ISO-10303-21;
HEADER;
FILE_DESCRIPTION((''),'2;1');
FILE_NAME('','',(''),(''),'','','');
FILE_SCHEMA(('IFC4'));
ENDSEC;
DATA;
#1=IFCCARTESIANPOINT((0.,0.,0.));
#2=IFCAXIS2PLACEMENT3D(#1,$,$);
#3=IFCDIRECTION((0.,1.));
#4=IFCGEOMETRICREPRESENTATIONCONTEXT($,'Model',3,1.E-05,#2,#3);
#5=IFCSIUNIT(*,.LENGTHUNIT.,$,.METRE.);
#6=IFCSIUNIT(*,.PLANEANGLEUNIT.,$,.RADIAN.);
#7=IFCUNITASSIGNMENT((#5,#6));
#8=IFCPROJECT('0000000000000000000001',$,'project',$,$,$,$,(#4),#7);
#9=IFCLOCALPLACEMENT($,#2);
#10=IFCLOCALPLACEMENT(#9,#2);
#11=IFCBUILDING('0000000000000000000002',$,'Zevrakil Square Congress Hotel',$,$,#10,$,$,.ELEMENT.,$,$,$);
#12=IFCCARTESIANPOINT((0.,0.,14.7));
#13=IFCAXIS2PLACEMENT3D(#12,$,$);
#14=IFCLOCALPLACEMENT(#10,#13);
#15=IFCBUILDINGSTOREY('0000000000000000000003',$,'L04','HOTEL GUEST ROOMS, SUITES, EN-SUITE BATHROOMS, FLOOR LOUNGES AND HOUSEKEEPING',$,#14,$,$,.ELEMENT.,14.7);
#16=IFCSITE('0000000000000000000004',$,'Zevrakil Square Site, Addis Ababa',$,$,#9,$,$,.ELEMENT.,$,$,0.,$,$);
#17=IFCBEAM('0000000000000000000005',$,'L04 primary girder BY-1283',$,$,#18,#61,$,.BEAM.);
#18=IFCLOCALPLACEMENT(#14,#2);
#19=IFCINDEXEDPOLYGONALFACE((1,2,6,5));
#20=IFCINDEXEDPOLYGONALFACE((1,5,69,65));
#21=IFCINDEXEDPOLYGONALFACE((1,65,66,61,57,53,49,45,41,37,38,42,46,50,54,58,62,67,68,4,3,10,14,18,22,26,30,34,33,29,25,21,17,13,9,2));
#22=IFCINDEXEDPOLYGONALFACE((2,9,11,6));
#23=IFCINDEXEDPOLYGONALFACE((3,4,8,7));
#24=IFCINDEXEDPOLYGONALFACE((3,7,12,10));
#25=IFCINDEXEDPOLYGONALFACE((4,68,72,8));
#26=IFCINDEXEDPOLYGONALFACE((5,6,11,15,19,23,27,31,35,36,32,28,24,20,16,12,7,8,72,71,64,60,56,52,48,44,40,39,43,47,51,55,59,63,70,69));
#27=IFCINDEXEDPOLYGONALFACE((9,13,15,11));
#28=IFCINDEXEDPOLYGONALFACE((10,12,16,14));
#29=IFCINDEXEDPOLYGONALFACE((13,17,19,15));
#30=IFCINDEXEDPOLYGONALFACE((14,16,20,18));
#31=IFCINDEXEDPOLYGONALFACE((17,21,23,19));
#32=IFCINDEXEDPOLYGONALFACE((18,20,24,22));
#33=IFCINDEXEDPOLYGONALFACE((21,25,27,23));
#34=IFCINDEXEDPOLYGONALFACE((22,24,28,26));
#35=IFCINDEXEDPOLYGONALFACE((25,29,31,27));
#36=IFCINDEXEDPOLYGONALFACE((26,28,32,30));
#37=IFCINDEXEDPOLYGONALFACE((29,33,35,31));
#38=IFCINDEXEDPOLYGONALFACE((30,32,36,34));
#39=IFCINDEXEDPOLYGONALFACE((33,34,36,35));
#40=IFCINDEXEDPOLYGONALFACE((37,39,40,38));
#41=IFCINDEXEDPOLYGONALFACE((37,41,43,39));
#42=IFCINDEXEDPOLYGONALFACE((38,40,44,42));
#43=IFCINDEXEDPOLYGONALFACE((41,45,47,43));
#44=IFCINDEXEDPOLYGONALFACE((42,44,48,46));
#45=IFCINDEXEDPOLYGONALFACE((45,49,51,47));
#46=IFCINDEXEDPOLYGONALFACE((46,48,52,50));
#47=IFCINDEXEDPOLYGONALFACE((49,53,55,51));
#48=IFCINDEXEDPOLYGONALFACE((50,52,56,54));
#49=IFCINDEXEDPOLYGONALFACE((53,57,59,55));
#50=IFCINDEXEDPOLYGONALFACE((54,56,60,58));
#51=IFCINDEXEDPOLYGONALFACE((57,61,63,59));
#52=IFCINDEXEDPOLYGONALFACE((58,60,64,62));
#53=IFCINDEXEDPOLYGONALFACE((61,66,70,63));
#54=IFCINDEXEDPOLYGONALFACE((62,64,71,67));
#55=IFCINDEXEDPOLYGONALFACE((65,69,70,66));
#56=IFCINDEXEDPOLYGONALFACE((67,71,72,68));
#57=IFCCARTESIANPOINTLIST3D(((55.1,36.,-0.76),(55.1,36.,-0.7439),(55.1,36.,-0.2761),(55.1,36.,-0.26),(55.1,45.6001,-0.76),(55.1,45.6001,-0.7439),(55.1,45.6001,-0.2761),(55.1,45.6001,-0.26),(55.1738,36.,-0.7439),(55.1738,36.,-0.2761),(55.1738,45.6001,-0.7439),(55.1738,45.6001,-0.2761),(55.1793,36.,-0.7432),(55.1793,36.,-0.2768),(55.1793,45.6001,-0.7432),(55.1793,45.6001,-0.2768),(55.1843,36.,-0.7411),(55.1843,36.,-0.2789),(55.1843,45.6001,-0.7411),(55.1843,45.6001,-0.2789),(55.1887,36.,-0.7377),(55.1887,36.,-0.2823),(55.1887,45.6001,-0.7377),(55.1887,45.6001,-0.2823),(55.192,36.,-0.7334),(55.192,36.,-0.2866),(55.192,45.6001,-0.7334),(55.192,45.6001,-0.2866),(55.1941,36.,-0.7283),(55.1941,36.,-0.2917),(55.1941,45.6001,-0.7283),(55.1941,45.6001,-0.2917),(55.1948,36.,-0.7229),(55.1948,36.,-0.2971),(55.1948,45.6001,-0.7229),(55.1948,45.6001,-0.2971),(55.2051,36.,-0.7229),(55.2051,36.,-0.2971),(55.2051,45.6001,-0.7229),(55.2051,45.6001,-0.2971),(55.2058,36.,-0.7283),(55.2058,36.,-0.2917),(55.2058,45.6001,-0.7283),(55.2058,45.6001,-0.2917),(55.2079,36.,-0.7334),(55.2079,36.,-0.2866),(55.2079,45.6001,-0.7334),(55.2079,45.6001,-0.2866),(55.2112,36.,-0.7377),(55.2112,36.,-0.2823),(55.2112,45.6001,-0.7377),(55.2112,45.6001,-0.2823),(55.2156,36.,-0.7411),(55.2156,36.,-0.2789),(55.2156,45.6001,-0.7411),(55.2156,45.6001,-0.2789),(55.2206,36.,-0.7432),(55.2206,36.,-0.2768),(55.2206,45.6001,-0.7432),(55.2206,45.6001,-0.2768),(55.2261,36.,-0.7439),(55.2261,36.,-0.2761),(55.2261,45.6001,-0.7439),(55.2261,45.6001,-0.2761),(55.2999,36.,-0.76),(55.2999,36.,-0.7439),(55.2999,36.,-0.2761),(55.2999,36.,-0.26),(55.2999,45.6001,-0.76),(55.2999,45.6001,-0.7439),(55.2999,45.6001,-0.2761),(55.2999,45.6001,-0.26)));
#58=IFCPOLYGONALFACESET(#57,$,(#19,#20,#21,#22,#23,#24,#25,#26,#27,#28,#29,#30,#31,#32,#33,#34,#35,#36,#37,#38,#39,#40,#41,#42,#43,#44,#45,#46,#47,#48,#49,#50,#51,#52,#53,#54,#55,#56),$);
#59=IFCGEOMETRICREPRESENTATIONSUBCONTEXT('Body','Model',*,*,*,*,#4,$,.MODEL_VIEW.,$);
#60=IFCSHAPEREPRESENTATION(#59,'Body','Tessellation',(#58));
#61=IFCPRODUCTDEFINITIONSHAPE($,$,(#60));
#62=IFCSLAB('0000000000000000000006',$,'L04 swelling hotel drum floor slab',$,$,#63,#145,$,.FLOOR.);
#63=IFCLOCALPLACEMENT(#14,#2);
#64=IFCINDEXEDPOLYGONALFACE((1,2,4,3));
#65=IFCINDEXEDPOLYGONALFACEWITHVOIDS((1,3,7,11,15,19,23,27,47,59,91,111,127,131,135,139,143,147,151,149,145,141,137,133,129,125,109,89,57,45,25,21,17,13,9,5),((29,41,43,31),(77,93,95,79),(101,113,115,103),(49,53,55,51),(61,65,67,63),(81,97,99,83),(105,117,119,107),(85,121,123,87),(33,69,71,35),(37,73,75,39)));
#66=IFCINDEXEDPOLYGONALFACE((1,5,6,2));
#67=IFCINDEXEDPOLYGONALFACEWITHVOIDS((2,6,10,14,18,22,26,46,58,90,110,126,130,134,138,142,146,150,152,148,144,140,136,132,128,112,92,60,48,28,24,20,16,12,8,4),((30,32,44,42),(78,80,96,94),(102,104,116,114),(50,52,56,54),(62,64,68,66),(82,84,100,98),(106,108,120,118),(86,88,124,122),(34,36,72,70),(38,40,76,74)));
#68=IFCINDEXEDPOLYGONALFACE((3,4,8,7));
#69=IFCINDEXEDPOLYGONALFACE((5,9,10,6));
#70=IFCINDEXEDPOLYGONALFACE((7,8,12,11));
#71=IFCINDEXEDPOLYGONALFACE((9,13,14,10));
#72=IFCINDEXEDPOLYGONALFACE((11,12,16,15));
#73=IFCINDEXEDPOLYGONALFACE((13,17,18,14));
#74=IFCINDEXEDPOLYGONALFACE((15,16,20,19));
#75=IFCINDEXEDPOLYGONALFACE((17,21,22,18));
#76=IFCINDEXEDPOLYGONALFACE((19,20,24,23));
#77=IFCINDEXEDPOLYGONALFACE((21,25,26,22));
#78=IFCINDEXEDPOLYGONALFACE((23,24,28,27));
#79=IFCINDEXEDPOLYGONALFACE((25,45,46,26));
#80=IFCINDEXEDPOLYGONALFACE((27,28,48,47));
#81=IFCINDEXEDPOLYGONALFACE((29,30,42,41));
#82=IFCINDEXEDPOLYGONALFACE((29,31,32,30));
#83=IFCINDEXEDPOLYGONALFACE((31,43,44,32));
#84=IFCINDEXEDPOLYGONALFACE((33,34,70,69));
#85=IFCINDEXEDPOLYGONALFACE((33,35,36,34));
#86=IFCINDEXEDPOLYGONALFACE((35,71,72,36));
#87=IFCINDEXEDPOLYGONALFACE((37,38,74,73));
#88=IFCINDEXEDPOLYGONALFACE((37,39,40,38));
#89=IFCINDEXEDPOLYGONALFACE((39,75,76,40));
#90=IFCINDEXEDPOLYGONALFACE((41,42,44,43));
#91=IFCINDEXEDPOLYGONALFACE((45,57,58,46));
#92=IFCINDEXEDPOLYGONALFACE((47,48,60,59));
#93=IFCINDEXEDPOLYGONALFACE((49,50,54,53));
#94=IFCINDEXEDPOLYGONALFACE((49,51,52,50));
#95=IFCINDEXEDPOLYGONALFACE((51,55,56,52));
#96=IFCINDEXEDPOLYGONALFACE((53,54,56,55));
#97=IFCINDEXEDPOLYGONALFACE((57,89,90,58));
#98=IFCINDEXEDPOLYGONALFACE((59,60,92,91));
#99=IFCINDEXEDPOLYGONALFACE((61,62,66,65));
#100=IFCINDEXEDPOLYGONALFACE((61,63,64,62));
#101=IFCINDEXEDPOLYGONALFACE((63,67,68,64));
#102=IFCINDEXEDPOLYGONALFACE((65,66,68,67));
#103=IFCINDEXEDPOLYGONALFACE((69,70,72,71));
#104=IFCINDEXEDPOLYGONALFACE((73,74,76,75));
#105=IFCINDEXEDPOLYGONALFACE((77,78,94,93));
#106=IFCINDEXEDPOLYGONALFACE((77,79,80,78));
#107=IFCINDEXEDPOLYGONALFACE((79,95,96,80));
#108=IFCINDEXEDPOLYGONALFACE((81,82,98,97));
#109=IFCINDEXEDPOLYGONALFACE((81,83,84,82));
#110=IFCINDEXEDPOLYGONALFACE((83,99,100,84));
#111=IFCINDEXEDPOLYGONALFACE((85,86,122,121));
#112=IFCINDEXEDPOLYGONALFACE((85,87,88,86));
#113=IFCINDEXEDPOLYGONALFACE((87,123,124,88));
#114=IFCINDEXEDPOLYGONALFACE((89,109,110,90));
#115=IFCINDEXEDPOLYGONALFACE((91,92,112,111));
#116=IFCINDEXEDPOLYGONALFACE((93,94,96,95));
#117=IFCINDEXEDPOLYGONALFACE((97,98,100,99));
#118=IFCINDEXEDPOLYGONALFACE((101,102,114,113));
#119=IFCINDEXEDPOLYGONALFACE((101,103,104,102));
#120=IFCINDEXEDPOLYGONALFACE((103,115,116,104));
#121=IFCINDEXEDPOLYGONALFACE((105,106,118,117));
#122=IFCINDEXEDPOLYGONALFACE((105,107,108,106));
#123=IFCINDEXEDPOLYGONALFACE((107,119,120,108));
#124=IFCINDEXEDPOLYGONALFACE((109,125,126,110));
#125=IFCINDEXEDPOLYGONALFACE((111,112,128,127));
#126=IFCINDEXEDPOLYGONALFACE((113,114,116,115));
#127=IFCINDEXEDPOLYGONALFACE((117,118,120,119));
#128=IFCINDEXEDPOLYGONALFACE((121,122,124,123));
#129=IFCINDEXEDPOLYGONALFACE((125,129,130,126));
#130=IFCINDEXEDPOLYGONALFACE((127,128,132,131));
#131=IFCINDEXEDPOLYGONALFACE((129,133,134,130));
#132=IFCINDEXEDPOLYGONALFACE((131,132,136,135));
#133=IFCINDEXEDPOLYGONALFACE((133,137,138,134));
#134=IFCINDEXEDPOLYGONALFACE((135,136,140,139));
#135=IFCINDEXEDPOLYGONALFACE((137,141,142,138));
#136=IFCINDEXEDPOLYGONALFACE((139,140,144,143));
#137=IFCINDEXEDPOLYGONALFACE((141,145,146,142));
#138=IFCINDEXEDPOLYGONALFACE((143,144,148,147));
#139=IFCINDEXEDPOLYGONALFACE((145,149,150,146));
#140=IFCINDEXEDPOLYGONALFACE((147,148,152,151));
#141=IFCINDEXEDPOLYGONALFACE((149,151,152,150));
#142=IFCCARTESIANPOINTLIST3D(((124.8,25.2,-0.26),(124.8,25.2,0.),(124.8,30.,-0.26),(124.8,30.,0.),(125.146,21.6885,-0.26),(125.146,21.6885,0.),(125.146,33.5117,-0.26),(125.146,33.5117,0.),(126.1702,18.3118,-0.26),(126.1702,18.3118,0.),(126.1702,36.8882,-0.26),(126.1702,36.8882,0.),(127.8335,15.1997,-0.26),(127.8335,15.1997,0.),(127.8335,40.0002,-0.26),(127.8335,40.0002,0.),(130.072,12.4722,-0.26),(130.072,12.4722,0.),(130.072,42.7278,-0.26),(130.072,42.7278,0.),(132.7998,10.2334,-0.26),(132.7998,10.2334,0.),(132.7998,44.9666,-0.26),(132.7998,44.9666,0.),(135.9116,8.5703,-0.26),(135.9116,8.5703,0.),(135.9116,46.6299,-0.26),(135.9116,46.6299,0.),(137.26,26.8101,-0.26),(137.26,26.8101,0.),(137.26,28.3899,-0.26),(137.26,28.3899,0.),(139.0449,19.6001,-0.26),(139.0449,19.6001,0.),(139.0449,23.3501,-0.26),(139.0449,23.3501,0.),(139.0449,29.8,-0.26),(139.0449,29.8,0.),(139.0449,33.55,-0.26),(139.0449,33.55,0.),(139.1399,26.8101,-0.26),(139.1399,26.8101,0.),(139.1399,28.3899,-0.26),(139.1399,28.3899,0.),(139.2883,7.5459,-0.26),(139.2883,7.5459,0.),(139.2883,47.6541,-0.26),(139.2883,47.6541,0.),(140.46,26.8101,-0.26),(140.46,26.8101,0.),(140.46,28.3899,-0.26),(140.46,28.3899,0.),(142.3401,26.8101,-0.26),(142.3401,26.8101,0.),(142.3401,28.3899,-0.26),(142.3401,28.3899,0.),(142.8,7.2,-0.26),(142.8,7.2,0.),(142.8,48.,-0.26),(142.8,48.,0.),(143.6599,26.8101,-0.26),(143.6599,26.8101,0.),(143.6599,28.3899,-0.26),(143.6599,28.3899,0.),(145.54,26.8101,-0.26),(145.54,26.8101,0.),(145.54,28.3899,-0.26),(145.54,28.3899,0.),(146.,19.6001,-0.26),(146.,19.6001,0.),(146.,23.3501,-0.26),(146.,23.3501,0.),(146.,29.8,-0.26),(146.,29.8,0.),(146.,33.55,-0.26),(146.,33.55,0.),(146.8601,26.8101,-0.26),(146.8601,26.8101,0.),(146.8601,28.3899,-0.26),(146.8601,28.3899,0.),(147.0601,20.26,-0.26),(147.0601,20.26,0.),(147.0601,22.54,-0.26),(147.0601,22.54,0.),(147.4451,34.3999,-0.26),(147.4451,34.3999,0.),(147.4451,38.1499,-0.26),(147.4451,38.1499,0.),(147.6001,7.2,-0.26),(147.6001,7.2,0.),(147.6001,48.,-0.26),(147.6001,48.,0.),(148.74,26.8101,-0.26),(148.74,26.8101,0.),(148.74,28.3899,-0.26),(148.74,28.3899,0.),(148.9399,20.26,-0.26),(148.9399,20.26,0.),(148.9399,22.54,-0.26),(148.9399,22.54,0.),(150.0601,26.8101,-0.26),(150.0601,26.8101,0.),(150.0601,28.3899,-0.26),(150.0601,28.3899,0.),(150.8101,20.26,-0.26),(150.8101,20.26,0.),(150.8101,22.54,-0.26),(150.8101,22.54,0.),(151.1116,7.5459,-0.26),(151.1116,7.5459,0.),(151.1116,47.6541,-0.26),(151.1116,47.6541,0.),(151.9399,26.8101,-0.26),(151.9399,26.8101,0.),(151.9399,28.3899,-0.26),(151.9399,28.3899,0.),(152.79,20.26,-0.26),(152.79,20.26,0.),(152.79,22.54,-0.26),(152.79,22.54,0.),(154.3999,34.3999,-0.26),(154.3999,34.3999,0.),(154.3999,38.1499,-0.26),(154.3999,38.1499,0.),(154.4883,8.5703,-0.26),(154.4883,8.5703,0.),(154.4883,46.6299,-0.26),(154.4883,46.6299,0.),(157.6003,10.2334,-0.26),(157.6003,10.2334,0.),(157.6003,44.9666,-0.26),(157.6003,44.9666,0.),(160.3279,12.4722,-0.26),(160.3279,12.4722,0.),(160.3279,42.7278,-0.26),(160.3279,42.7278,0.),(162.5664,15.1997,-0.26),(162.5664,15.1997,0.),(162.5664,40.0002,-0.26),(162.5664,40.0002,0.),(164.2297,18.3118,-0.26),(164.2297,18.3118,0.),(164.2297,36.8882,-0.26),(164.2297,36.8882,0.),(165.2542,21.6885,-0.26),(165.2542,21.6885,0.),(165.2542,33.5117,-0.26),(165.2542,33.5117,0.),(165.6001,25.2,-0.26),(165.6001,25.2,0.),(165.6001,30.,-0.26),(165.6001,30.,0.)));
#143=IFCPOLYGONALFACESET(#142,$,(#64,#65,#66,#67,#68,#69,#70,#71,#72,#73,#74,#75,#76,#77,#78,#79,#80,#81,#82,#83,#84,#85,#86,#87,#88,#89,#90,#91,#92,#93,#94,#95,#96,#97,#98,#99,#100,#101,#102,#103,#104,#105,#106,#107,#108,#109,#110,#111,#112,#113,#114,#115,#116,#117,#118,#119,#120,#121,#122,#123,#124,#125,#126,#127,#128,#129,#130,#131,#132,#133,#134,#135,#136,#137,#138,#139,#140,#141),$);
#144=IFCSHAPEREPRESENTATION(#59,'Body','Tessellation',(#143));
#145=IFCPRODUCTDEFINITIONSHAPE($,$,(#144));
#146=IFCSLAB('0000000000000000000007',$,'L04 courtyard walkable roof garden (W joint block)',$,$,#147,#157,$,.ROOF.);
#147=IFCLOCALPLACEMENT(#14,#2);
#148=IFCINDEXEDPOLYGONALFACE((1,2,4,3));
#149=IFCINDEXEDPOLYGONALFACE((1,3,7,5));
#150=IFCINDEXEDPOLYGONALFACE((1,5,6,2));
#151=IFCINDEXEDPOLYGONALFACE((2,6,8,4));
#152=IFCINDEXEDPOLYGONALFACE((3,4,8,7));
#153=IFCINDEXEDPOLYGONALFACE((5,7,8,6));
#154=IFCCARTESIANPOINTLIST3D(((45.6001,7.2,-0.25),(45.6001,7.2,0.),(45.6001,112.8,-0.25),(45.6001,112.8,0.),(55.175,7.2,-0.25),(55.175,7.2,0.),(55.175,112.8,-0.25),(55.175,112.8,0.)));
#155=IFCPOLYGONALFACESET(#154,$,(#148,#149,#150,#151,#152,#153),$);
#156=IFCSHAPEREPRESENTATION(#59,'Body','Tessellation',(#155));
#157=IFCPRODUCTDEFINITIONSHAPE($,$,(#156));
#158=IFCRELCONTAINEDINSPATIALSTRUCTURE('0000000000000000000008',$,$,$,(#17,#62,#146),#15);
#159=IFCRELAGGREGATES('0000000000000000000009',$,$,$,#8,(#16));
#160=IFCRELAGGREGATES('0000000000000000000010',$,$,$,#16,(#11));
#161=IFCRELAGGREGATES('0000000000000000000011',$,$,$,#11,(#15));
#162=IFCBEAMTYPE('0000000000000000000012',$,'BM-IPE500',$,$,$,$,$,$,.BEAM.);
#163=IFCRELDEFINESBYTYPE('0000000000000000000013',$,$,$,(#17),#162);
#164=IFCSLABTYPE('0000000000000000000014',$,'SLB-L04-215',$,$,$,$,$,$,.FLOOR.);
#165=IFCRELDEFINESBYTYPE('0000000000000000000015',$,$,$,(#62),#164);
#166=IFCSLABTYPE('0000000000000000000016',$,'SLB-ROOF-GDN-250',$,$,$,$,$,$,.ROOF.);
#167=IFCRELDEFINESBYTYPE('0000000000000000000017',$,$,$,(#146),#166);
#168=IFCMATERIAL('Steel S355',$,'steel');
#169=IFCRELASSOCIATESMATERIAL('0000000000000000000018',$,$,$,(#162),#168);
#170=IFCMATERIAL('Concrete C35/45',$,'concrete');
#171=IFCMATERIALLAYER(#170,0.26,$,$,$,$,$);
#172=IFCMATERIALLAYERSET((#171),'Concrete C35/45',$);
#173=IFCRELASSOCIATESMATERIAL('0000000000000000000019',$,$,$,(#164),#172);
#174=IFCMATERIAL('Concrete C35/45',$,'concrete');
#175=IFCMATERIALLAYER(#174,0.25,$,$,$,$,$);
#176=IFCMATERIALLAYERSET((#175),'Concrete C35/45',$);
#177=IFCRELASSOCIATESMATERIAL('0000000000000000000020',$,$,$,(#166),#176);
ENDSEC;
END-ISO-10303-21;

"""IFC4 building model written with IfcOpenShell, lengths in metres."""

from ifc_helpers import new_model, si_unit, direction, frame, origin, origin_2d, place, context, subcontext, project, spatial, polyline, i_section, outline, extrude, material, layer, layer_set, material_profile, profile_set, type_object, element, save


model = new_model("IFC4")

# Units and contexts
model_context = context("Model", 3, precision=1e-05, world=origin(), true_north=direction((0.0, 1.0)))
body_context = subcontext(model_context, "Body", "Model", "MODEL_VIEW")
ifc_project = project(units=[si_unit("LENGTHUNIT", "METRE"), si_unit("PLANEANGLEUNIT", "RADIAN")], contexts=[model_context])

# Site, building, storey
site_placement = place(None, origin())
site = spatial("IfcSite", under=ifc_project, at=site_placement, Name="Zevrakil Square Site, Addis Ababa", CompositionType="ELEMENT", RefElevation=0.0)
building_placement = place(site_placement, origin())
building = spatial("IfcBuilding", under=site, at=building_placement, Name="Zevrakil Square Congress Hotel", CompositionType="ELEMENT")
storey_placement = place(building_placement, frame((0.0, 0.0, 14.7)))
storey = spatial("IfcBuildingStorey", under=building, at=storey_placement, Name="L04", Description="HOTEL GUEST ROOMS, SUITES, EN-SUITE BATHROOMS, FLOOR LOUNGES AND HOUSEKEEPING", CompositionType="ELEMENT", Elevation=14.7)

# Beam
ifc_material_1 = material(Name="Steel S355", Category="steel")
ifc_material_profile_1 = material_profile(ifc_material_1, i_section(OverallWidth=0.2, OverallDepth=0.5, WebThickness=0.0103, FlangeThickness=0.0161, FilletRadius=0.021, at=origin_2d()), Name="IPE 500")
ifc_profile_set_1 = profile_set([ifc_material_profile_1], Name="Steel S355")
beam_type_1 = type_object("IfcBeamType", Name="BM-IPE500", PredefinedType="BEAM", material=ifc_profile_set_1)
for number, where, z_axis, x_axis, name in (
    (1, (55.2, 36.0, -0.51), (0.0, 1.0, 0.0), (-1.0, 0.0, 0.0), "L04 primary girder BY-1283"),
):
    element("IfcBeam", number, at=place(storey_placement, frame(where, z_axis=z_axis, x_axis=x_axis)), inside=storey, type_object=beam_type_1, Name=name, PredefinedType="BEAM", context=body_context, shape_type="SweptSolid", body=[
        extrude(i_section(OverallWidth=0.2, OverallDepth=0.5, WebThickness=0.0103, FlangeThickness=0.0161, FilletRadius=0.021, at=origin_2d()), origin(), (0.0, 0.0, 1.0), 9.6001),
    ])

# Slabs
ifc_material_2 = material(Name="Concrete C35/45", Category="concrete")
ifc_layer_1 = layer(ifc_material_2, 0.26)
ifc_layer_set_1 = layer_set([ifc_layer_1], Name="Concrete C35/45")
slab_type_1 = type_object("IfcSlabType", Name="SLB-L04-215", PredefinedType="FLOOR", material=ifc_layer_set_1)
slab_1_placement = place(storey_placement, frame((0.0, 0.0, -0.26)))
element("IfcSlab", 2, at=slab_1_placement, inside=storey, type_object=slab_type_1, Name="L04 swelling hotel drum floor slab", PredefinedType="FLOOR", context=body_context, shape_type="SweptSolid", body=[
    extrude(outline(polyline([(147.6001, 7.2), (151.1116, 7.5459), (154.4883, 8.5703), (157.6003, 10.2334), (160.3279, 12.4722), (162.5664, 15.1997), (164.2297, 18.3118), (165.2542, 21.6885), (165.6001, 25.2), (165.6001, 30.0), (165.2542, 33.5117), (164.2297, 36.8882), (162.5664, 40.0002), (160.3279, 42.7278), (157.6003, 44.9666), (154.4883, 46.6299), (151.1116, 47.6541), (147.6001, 48.0), (142.8, 48.0), (139.2883, 47.6541), (135.9116, 46.6299), (132.7998, 44.9666), (130.072, 42.7278), (127.8335, 40.0002), (126.1702, 36.8882), (125.146, 33.5117), (124.8, 30.0), (124.8, 25.2), (125.146, 21.6885), (126.1702, 18.3118), (127.8335, 15.1997), (130.072, 12.4722), (132.7998, 10.2334), (135.9116, 8.5703), (139.2883, 7.5459), (142.8, 7.2), (147.6001, 7.2)]), holes=[polyline([(139.0449, 19.6001), (146.0, 19.6001), (146.0, 23.3501), (139.0449, 23.3501), (139.0449, 19.6001)]), polyline([(139.0449, 29.8), (146.0, 29.8), (146.0, 33.55), (139.0449, 33.55), (139.0449, 29.8)]), polyline([(147.4451, 34.3999), (154.3999, 34.3999), (154.3999, 38.1499), (147.4451, 38.1499), (147.4451, 34.3999)]), polyline([(137.26, 26.8101), (139.1399, 26.8101), (139.1399, 28.3899), (137.26, 28.3899), (137.26, 26.8101)]), polyline([(140.46, 26.8101), (142.3401, 26.8101), (142.3401, 28.3899), (140.46, 28.3899), (140.46, 26.8101)]), polyline([(143.6599, 26.8101), (145.54, 26.8101), (145.54, 28.3899), (143.6599, 28.3899), (143.6599, 26.8101)]), polyline([(146.8601, 26.8101), (148.74, 26.8101), (148.74, 28.3899), (146.8601, 28.3899), (146.8601, 26.8101)]), polyline([(150.0601, 26.8101), (151.9399, 26.8101), (151.9399, 28.3899), (150.0601, 28.3899), (150.0601, 26.8101)]), polyline([(147.0601, 20.26), (148.9399, 20.26), (148.9399, 22.54), (147.0601, 22.54), (147.0601, 20.26)]), polyline([(150.8101, 20.26), (152.79, 20.26), (152.79, 22.54), (150.8101, 22.54), (150.8101, 20.26)])]), origin(), (0.0, 0.0, 1.0), 0.26),
])
ifc_material_3 = material(Name="Concrete C35/45", Category="concrete")
ifc_layer_2 = layer(ifc_material_3, 0.25)
ifc_layer_set_2 = layer_set([ifc_layer_2], Name="Concrete C35/45")
slab_type_2 = type_object("IfcSlabType", Name="SLB-ROOF-GDN-250", PredefinedType="ROOF", material=ifc_layer_set_2)
slab_2_placement = place(storey_placement, frame((0.0, 0.0, -0.25)))
element("IfcSlab", 3, at=slab_2_placement, inside=storey, type_object=slab_type_2, Name="L04 courtyard walkable roof garden (W joint block)", PredefinedType="ROOF", context=body_context, shape_type="SweptSolid", body=[
    extrude(outline(polyline([(45.6001, 112.8), (55.175, 112.8), (55.175, 7.2), (45.6001, 7.2), (45.6001, 112.8)])), origin(), (0.0, 0.0, 1.0), 0.25),
])

save(model, "model.ifc")
